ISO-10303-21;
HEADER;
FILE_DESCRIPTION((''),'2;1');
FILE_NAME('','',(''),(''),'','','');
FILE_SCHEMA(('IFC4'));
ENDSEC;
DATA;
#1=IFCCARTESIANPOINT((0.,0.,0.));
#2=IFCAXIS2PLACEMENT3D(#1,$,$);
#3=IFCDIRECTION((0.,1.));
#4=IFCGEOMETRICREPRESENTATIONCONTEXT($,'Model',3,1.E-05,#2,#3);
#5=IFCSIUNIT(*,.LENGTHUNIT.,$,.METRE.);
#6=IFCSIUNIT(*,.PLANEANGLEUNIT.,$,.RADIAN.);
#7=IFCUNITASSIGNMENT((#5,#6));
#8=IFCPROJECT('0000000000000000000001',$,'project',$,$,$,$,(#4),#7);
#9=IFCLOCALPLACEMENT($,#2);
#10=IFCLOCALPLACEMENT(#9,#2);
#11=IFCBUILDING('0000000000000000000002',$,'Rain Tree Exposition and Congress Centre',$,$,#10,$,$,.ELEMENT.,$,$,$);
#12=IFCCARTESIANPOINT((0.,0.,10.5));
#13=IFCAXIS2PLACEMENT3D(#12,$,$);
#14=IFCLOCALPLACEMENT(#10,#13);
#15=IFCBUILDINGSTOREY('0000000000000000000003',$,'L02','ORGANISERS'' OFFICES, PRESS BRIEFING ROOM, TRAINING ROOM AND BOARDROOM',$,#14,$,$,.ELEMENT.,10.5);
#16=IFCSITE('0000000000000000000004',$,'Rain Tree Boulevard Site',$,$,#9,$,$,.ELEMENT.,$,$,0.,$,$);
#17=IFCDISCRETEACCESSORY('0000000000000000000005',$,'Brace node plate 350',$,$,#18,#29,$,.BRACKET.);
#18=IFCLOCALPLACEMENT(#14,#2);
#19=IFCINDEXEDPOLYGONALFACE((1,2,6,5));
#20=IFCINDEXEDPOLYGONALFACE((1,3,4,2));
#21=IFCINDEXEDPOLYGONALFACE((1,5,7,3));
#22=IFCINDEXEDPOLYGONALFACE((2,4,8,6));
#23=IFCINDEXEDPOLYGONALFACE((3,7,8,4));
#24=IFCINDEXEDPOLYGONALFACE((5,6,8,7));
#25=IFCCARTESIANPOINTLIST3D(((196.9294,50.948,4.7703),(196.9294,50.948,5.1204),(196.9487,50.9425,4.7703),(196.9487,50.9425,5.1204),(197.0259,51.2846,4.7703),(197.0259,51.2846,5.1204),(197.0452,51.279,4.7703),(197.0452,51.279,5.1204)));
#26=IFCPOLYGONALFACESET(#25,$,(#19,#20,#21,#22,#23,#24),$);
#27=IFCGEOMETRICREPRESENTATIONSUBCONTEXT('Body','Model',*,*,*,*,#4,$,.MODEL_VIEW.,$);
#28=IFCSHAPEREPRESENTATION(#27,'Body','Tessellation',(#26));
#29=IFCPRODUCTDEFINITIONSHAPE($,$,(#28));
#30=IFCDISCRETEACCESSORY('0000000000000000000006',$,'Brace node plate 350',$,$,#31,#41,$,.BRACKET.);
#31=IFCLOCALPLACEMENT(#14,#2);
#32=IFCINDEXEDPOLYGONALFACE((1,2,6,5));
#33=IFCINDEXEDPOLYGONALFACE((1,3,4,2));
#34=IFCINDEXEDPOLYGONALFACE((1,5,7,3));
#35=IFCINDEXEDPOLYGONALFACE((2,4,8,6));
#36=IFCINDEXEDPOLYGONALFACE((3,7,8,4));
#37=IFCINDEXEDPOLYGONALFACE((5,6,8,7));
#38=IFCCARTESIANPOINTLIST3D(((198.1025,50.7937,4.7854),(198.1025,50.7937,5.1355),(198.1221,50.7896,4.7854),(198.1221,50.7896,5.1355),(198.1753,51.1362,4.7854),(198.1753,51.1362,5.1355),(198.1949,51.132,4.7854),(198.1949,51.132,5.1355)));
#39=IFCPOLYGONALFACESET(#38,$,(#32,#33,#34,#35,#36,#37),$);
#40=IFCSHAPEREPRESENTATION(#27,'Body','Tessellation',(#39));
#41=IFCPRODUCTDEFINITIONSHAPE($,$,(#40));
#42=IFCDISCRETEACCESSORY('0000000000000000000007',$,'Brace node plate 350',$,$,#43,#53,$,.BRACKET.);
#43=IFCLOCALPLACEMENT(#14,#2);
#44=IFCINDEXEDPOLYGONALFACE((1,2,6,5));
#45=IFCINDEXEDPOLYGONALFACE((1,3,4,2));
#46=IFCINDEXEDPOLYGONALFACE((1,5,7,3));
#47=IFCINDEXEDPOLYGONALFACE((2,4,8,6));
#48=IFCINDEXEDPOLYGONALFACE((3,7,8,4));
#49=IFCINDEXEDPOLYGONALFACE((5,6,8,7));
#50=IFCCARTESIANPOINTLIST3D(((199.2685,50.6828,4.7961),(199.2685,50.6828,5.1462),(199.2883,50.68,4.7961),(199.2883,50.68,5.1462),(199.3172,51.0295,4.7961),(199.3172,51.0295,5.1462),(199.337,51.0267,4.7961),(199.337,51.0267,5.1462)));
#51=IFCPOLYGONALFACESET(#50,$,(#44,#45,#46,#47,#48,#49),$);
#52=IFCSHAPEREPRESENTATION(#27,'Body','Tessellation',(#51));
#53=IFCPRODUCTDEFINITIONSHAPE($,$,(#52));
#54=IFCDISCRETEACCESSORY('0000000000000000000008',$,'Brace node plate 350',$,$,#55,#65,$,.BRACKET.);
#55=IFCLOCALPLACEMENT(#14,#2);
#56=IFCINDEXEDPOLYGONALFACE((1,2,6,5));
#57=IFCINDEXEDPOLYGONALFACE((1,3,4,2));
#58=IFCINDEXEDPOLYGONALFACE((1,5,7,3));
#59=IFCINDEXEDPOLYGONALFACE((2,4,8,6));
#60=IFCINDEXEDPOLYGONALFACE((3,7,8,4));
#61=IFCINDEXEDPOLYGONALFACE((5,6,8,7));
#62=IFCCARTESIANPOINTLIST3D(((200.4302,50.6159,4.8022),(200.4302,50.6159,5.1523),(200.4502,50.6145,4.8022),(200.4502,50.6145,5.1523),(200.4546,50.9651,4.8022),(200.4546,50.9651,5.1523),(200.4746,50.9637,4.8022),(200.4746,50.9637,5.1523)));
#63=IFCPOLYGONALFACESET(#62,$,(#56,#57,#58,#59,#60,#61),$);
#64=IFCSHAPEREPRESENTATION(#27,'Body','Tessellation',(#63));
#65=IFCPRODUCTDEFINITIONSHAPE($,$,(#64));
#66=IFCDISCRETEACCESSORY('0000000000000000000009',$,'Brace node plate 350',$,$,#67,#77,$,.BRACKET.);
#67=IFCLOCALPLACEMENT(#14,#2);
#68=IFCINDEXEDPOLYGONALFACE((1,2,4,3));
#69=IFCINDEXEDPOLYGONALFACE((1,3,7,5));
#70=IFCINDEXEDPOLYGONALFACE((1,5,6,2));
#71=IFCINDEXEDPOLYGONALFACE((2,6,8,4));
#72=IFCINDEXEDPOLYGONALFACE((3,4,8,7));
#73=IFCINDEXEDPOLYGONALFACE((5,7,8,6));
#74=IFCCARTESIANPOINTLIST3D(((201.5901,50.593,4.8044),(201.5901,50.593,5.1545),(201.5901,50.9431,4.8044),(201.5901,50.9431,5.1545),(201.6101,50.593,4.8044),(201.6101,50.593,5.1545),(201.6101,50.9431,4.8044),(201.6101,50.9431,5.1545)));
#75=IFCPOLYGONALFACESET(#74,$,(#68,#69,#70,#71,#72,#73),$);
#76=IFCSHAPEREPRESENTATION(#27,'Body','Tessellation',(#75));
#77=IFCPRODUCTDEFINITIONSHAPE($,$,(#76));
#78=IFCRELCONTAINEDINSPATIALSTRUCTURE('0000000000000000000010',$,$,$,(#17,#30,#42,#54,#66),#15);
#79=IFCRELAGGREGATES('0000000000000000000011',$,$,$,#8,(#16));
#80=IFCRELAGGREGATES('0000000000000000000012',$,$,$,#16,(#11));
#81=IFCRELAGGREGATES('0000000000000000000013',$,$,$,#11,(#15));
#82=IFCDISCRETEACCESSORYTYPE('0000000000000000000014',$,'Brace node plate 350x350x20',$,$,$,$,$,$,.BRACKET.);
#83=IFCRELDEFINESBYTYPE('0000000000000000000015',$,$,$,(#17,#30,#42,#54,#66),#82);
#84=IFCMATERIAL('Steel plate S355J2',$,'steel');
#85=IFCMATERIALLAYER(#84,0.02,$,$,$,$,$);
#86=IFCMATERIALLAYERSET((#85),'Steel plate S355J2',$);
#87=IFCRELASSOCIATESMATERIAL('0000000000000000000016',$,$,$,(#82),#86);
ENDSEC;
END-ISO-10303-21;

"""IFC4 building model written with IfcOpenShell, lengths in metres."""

from ifc_helpers import new_model, si_unit, direction, frame, origin, origin_2d, place, context, subcontext, project, spatial, rectangle, extrude, material, layer, layer_set, type_object, element, save


model = new_model("IFC4")

# Units and contexts
model_context = context("Model", 3, precision=1e-05, world=origin(), true_north=direction((0.0, 1.0)))
body_context = subcontext(model_context, "Body", "Model", "MODEL_VIEW")
ifc_project = project(units=[si_unit("LENGTHUNIT", "METRE"), si_unit("PLANEANGLEUNIT", "RADIAN")], contexts=[model_context])

# Site, building, storey
site_placement = place(None, origin())
site = spatial("IfcSite", under=ifc_project, at=site_placement, Name="Rain Tree Boulevard Site", CompositionType="ELEMENT", RefElevation=0.0)
building_placement = place(site_placement, origin())
building = spatial("IfcBuilding", under=site, at=building_placement, Name="Rain Tree Exposition and Congress Centre", CompositionType="ELEMENT")
storey_placement = place(building_placement, frame((0.0, 0.0, 10.5)))
storey = spatial("IfcBuildingStorey", under=building, at=storey_placement, Name="L02", Description="ORGANISERS' OFFICES, PRESS BRIEFING ROOM, TRAINING ROOM AND BOARDROOM", CompositionType="ELEMENT", Elevation=10.5)

# Discrete accessories
ifc_material_1 = material(Name="Steel plate S355J2", Category="steel")
ifc_layer = layer(ifc_material_1, 0.02)
ifc_layer_set = layer_set([ifc_layer], Name="Steel plate S355J2")
discrete_accessory_type = type_object("IfcDiscreteAccessoryType", Name="Brace node plate 350x350x20", PredefinedType="BRACKET", material=ifc_layer_set)
for number, where, z_axis, x_axis, name in (
    (1, (196.9873, 51.1135, 4.7703), (0.0, 0.0, 1.0), (0.275637, 0.961262, 0.0), "Brace node plate 350"),
    (2, (198.1487, 50.9629, 4.7854), (0.0, 0.0, 1.0), (0.207912, 0.978148, 0.0), "Brace node plate 350"),
    (3, (199.3027, 50.8547, 4.7961), (0.0, 0.0, 1.0), (0.139173, 0.990268, 0.0), "Brace node plate 350"),
    (4, (200.4524, 50.7898, 4.8022), (0.0, 0.0, 1.0), (0.069756, 0.997564, 0.0), "Brace node plate 350"),
    (5, (201.6001, 50.7681, 4.8044), (0.0, 0.0, 1.0), (0.0, 1.0, 0.0), "Brace node plate 350"),
):
    element("IfcDiscreteAccessory", number, at=place(storey_placement, frame(where, z_axis=z_axis, x_axis=x_axis)), inside=storey, type_object=discrete_accessory_type, Name=name, PredefinedType="BRACKET", context=body_context, shape_type="SweptSolid", body=[
        extrude(rectangle(XDim=0.3501, YDim=0.02, at=origin_2d()), origin(), (0.0, 0.0, 1.0), 0.3501),
    ])

save(model, "model.ifc")
